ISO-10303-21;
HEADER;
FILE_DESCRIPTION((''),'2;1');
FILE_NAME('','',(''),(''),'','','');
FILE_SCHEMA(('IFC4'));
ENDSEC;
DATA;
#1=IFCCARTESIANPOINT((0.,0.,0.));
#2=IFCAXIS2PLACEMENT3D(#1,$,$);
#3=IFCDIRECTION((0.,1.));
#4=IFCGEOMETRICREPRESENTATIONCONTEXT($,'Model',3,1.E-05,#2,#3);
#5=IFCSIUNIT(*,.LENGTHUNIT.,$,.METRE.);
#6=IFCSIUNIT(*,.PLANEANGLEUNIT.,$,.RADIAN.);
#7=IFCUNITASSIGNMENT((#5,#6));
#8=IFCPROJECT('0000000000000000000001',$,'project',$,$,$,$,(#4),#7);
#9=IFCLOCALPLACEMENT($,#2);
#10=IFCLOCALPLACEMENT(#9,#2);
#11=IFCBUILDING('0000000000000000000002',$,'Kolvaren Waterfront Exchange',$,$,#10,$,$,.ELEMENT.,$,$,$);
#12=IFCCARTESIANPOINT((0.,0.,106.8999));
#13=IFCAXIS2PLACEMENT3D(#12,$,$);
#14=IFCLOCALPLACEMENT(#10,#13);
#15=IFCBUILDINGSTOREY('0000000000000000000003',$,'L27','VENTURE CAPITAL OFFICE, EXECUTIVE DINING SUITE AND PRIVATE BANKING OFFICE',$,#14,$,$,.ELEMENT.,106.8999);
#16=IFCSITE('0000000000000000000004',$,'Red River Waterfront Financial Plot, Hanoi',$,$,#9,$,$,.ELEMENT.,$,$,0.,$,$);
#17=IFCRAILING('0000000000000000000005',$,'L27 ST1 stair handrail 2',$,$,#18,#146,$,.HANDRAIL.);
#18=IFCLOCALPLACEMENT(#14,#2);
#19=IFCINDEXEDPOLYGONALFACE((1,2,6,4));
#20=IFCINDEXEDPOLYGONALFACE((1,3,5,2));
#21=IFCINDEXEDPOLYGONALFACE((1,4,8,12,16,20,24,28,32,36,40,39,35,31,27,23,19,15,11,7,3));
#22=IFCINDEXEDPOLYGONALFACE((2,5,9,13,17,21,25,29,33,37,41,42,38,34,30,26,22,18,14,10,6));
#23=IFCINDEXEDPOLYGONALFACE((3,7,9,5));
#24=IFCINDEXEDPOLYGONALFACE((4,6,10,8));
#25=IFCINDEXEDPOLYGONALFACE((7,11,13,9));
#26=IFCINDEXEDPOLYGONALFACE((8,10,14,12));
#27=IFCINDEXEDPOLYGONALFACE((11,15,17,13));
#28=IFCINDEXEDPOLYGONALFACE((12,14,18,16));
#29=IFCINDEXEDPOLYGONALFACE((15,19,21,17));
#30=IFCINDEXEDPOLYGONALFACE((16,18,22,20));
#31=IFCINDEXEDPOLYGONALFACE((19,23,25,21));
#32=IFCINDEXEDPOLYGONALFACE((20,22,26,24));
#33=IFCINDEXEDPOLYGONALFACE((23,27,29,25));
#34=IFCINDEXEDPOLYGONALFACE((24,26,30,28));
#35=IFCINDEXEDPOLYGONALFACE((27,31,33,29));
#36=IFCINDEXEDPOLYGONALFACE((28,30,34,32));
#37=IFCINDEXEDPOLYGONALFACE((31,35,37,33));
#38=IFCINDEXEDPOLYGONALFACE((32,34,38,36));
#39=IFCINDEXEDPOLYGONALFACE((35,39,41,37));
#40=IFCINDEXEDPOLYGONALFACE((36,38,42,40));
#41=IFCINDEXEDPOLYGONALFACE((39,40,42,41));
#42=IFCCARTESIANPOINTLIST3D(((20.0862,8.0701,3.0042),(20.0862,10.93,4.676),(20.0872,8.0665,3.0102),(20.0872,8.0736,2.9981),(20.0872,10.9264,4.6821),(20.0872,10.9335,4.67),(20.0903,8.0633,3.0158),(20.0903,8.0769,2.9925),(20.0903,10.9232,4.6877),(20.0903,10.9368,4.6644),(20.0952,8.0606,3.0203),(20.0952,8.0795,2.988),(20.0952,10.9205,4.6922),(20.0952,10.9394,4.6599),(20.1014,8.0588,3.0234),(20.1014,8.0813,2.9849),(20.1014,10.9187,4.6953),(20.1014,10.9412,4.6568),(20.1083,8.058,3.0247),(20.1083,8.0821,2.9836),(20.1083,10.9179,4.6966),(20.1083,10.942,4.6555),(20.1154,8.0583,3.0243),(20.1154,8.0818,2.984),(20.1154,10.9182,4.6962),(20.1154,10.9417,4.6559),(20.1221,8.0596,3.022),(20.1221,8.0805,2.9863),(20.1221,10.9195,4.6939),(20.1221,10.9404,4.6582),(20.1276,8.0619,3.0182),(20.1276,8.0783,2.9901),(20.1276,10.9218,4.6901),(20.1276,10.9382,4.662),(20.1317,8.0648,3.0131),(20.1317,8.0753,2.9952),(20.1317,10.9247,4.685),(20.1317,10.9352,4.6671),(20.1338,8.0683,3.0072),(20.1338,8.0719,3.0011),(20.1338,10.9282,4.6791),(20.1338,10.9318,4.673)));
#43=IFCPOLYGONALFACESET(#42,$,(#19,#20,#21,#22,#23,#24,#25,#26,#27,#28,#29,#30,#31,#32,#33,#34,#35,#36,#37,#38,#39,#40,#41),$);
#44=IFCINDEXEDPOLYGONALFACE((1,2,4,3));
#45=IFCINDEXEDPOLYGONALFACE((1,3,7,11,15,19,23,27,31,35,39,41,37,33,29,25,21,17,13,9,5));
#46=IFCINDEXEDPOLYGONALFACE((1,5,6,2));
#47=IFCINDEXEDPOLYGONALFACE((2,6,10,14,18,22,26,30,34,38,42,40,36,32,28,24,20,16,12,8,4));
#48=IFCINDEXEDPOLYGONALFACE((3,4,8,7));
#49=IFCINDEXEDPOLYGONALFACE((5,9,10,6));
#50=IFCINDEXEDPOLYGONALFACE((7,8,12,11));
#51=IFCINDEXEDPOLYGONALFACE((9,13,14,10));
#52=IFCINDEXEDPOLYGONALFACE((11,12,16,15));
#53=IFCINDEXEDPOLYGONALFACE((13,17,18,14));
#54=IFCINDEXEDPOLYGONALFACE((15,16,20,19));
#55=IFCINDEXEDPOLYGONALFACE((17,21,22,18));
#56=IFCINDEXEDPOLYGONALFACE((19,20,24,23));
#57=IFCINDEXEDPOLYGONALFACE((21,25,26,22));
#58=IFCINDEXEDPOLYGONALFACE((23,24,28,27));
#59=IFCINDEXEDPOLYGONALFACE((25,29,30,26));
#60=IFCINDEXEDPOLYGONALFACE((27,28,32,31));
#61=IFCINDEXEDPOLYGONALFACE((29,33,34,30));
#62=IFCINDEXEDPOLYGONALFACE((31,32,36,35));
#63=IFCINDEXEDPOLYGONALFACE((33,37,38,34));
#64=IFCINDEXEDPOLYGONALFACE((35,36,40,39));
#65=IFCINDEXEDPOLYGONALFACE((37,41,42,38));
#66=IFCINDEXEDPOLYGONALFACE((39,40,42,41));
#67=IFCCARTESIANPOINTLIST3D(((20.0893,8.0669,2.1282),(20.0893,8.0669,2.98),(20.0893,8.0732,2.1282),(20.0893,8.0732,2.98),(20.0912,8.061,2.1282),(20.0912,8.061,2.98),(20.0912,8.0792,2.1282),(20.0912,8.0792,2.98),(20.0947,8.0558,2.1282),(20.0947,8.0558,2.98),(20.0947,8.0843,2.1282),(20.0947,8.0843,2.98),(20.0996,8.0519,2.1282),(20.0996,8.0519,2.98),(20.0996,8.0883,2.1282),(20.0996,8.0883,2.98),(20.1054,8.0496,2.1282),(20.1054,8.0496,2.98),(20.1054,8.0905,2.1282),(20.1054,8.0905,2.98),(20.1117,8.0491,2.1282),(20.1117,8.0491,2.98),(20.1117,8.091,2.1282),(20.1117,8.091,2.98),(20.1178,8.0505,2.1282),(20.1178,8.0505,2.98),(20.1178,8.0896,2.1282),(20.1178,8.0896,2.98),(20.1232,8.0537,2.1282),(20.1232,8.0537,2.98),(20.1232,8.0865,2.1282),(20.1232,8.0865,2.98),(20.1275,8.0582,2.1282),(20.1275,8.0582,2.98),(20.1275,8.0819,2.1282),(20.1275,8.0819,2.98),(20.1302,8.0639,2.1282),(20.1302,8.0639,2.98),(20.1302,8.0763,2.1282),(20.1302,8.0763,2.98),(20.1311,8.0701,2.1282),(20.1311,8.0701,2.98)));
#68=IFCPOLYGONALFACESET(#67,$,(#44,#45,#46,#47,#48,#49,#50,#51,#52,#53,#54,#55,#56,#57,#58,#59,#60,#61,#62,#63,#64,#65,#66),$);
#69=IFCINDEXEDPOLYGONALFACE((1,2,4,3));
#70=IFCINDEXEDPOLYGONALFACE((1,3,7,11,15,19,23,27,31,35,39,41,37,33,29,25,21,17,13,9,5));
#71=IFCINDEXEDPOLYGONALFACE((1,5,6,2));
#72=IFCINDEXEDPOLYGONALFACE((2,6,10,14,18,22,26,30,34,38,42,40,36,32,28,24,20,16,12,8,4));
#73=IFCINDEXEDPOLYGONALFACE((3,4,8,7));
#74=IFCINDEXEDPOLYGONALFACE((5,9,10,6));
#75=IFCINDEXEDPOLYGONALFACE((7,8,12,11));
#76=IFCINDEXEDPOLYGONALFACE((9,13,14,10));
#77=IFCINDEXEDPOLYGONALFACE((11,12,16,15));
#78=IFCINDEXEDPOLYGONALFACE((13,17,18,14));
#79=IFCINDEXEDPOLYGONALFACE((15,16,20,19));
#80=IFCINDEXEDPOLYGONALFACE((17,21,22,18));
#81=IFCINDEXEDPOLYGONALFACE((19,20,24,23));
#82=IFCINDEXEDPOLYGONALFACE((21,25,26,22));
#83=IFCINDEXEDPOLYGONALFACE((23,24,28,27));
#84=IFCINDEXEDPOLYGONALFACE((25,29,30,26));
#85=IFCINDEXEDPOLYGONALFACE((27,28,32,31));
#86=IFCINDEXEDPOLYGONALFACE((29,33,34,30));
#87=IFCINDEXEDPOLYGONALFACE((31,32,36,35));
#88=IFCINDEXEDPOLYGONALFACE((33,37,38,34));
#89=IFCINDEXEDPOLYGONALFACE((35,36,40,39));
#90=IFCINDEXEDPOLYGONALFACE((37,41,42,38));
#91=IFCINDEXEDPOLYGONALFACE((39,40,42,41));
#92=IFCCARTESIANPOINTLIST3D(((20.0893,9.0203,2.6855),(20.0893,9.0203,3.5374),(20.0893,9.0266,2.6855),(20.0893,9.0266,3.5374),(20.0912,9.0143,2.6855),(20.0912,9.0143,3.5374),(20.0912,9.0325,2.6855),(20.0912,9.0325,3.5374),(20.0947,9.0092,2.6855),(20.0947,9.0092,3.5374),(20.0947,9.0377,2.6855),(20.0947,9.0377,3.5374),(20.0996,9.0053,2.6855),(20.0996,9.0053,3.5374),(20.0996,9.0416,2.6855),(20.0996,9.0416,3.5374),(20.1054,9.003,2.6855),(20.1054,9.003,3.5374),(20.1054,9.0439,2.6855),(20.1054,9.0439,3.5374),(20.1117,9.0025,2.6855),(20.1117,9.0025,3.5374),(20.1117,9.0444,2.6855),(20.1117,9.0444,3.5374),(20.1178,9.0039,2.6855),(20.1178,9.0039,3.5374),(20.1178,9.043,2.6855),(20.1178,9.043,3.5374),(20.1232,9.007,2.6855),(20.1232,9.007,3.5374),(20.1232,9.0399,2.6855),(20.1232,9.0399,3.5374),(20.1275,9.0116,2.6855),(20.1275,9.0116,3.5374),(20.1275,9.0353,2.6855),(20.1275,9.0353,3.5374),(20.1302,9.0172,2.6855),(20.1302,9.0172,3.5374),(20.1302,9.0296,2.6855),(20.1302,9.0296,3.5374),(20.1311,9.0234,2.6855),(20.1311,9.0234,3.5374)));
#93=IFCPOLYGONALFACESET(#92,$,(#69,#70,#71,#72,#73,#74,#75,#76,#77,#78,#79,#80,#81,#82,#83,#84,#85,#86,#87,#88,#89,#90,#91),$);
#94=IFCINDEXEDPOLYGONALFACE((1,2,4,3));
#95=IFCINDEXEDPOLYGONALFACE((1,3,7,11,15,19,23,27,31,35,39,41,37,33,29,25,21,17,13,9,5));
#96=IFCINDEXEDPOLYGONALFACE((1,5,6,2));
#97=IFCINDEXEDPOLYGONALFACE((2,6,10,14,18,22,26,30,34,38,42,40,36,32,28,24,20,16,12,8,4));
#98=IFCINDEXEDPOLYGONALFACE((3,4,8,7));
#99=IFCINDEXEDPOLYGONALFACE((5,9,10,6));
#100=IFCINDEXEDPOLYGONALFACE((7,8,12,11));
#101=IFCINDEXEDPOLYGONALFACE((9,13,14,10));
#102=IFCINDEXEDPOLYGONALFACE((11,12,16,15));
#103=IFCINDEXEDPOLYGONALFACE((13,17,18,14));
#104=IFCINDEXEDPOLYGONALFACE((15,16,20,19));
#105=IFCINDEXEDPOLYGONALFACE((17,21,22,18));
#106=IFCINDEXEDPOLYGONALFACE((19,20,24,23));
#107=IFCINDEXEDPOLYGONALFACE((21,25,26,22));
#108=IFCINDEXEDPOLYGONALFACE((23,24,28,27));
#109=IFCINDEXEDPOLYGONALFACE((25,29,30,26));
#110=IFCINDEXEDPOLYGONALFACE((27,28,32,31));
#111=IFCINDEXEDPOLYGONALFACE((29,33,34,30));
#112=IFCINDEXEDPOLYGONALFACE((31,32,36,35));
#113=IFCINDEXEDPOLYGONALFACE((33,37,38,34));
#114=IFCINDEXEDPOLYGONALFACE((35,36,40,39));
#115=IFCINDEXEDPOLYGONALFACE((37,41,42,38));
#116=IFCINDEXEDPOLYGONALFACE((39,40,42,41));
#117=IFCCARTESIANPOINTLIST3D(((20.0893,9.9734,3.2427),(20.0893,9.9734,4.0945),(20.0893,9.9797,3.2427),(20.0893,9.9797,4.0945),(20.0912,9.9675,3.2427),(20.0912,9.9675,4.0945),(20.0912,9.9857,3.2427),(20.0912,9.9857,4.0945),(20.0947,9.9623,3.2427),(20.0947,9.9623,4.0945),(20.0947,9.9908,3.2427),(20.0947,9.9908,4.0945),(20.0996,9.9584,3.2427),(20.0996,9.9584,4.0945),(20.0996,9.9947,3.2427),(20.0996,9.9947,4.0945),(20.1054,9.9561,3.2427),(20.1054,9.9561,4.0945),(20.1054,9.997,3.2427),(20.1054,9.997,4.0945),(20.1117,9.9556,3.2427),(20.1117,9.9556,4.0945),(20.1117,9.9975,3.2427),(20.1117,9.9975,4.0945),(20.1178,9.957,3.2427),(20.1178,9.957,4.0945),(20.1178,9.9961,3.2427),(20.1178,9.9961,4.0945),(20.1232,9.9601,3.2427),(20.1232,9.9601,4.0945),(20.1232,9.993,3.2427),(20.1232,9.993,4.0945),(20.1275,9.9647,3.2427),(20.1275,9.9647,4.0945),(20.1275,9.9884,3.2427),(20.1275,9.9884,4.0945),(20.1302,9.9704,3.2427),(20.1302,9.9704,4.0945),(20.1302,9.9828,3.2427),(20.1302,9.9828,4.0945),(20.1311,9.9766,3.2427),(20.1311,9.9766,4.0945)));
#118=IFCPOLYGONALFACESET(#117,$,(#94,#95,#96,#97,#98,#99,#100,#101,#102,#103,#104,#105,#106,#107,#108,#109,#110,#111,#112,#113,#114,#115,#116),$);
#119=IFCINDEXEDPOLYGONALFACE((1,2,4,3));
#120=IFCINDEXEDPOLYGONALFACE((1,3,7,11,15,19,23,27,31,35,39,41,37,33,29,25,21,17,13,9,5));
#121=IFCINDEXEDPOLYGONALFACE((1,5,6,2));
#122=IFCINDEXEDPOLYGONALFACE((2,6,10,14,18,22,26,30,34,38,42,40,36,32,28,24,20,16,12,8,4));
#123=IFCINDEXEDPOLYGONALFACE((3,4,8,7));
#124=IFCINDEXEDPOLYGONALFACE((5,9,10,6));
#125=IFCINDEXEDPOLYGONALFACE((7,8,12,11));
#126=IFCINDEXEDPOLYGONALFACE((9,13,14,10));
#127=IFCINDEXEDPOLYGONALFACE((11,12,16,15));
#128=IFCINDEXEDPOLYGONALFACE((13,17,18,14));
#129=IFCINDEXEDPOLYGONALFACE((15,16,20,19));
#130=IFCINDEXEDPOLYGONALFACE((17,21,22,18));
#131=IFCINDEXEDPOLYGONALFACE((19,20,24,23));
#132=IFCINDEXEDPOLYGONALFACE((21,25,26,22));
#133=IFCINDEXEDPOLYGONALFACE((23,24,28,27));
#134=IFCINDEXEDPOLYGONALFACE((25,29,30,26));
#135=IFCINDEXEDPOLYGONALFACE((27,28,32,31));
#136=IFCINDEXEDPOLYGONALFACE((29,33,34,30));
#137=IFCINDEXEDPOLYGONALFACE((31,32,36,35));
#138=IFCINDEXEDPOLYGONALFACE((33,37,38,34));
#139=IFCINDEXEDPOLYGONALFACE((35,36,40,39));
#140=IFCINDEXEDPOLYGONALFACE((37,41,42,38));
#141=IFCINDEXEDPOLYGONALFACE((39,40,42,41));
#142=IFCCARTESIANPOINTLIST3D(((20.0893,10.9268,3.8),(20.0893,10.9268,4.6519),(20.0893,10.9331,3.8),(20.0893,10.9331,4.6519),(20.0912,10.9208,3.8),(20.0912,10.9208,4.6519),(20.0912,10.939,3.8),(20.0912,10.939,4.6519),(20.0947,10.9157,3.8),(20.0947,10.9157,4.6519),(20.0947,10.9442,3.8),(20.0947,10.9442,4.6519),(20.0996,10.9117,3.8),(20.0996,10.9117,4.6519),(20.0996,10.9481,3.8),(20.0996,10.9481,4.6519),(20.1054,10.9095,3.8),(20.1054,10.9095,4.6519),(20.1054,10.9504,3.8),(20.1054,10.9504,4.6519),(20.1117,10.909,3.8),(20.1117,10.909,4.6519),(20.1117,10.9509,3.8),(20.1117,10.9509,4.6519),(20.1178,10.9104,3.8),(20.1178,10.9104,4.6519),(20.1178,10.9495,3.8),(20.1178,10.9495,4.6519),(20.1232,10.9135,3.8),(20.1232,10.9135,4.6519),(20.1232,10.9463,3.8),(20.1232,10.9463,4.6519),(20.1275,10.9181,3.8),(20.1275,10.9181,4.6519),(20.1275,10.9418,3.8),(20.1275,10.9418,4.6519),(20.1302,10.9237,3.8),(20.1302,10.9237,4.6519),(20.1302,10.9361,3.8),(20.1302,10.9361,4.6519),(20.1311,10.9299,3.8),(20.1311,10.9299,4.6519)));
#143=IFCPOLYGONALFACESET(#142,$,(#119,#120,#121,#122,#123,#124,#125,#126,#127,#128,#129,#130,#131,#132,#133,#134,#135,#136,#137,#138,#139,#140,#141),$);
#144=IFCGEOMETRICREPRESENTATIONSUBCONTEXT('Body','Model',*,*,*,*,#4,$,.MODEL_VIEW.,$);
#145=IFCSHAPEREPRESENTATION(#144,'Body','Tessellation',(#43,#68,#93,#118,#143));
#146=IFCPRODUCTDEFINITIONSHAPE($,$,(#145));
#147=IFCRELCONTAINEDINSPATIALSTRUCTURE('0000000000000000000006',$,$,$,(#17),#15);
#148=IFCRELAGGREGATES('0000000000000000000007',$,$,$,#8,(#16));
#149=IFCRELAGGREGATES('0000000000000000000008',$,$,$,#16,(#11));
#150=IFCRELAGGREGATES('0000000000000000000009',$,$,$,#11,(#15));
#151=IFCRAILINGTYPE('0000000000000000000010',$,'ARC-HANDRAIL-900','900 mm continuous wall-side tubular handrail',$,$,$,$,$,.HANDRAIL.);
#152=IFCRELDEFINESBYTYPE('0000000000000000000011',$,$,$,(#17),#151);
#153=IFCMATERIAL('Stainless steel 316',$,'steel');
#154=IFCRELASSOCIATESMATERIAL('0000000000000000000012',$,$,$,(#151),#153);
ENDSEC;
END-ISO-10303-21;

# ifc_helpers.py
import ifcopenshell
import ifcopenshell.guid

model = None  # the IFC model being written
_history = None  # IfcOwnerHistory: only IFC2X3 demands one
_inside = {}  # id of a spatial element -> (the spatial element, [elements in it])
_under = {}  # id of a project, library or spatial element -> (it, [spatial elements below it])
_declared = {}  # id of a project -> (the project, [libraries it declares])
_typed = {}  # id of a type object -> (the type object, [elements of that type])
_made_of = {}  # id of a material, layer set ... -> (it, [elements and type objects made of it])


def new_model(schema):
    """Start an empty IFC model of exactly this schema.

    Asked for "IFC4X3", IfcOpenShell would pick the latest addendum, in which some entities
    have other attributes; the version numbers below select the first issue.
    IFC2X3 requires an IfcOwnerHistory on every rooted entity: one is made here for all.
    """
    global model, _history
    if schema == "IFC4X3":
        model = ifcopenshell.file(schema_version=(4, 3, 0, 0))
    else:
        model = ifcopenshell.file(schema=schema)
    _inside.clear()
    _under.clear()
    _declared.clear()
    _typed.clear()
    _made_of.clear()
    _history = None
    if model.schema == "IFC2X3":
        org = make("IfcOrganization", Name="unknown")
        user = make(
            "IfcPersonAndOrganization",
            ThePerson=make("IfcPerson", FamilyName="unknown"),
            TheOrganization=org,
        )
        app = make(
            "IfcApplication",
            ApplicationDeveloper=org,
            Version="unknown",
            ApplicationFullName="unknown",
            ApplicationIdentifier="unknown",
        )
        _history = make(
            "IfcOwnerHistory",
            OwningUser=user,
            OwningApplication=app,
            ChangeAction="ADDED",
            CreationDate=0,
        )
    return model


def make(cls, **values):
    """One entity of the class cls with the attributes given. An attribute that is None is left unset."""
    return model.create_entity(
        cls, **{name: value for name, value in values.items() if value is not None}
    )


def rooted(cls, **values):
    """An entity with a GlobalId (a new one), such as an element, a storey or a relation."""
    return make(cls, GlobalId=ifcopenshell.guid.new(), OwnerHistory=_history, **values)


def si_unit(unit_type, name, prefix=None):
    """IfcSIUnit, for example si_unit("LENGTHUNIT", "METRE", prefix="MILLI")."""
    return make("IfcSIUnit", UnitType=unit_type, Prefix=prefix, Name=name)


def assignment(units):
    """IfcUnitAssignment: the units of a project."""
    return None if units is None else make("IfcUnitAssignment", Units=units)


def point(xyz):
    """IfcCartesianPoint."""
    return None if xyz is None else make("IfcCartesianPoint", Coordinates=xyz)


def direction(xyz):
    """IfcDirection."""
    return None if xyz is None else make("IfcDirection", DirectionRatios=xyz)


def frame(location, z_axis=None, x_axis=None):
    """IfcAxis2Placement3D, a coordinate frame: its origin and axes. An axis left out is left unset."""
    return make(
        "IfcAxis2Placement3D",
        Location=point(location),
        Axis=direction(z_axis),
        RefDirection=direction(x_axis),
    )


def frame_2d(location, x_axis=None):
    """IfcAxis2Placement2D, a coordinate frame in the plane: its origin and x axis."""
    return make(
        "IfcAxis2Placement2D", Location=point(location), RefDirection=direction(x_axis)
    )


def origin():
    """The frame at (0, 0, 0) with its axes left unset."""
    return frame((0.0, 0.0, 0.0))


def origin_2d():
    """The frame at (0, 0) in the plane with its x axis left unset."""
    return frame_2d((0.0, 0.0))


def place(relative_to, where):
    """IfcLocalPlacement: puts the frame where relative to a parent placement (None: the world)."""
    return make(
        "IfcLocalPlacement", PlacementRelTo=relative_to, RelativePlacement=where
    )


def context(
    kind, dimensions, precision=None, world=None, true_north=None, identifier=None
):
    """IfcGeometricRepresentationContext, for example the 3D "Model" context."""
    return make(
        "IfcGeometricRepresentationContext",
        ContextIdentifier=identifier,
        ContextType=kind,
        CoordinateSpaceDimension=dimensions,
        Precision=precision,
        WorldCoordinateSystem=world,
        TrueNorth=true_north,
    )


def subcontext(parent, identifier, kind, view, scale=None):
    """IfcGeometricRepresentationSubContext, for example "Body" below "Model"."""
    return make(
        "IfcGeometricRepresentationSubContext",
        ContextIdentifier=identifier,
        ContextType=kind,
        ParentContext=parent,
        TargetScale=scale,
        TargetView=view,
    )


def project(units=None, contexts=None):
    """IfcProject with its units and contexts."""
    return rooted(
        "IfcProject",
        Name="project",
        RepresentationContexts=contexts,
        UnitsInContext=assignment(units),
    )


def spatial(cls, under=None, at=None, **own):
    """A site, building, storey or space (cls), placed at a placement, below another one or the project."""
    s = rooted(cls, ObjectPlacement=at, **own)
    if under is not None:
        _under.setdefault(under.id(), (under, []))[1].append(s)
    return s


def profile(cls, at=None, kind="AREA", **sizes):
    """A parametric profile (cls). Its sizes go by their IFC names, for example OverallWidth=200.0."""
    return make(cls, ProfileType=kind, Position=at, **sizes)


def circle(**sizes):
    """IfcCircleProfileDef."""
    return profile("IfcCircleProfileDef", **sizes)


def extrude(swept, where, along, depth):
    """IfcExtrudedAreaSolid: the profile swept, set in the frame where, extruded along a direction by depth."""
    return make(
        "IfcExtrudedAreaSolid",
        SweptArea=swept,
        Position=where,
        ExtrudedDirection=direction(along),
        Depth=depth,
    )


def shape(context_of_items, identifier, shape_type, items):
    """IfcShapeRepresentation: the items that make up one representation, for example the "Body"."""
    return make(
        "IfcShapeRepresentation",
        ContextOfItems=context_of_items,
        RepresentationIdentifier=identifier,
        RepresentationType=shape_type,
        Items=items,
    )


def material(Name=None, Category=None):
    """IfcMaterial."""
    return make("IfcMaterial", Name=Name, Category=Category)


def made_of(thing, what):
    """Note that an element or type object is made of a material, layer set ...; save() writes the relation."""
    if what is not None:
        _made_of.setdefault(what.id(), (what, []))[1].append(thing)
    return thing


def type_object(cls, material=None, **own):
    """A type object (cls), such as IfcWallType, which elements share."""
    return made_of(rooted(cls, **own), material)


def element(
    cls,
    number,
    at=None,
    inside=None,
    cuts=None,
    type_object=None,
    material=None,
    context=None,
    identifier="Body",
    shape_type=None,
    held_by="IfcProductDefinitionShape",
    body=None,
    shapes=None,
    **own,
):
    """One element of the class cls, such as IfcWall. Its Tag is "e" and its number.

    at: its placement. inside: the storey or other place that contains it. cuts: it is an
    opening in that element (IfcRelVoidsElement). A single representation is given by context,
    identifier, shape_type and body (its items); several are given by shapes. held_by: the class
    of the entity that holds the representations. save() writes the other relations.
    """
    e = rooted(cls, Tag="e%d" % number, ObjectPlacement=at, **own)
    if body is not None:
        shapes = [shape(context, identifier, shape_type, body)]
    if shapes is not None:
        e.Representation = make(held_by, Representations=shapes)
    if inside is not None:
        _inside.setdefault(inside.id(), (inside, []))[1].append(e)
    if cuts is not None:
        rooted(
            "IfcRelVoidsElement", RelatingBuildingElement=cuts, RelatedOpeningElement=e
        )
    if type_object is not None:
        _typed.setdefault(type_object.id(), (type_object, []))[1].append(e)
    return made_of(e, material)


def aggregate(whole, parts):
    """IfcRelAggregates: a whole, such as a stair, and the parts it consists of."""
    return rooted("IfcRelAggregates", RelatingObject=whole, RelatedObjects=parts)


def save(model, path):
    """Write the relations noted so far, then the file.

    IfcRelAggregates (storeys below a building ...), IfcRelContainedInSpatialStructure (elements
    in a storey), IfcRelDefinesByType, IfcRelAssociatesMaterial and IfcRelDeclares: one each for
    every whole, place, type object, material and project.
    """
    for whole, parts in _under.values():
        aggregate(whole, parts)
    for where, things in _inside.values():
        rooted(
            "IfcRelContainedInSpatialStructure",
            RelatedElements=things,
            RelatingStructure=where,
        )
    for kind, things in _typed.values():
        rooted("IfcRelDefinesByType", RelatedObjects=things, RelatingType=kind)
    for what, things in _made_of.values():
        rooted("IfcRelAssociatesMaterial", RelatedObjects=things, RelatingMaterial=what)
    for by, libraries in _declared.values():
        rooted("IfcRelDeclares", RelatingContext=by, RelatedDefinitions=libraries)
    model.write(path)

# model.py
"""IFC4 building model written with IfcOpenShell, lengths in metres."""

from ifc_helpers import new_model, si_unit, direction, frame, origin, origin_2d, place, context, subcontext, project, spatial, circle, extrude, material, type_object, element, save


model = new_model("IFC4")

# Units and contexts
model_context = context("Model", 3, precision=1e-05, world=origin(), true_north=direction((0.0, 1.0)))
body_context = subcontext(model_context, "Body", "Model", "MODEL_VIEW")
ifc_project = project(units=[si_unit("LENGTHUNIT", "METRE"), si_unit("PLANEANGLEUNIT", "RADIAN")], contexts=[model_context])

# Site, building, storey
site_placement = place(None, origin())
site = spatial("IfcSite", under=ifc_project, at=site_placement, Name="Red River Waterfront Financial Plot, Hanoi", CompositionType="ELEMENT", RefElevation=0.0)
building_placement = place(site_placement, origin())
building = spatial("IfcBuilding", under=site, at=building_placement, Name="Kolvaren Waterfront Exchange", CompositionType="ELEMENT")
storey_placement = place(building_placement, frame((0.0, 0.0, 106.8999)))
storey = spatial("IfcBuildingStorey", under=building, at=storey_placement, Name="L27", Description="VENTURE CAPITAL OFFICE, EXECUTIVE DINING SUITE AND PRIVATE BANKING OFFICE", CompositionType="ELEMENT", Elevation=106.8999)

# Railing
ifc_material_1 = material(Name="Stainless steel 316", Category="steel")
railing_type_1 = type_object("IfcRailingType", Name="ARC-HANDRAIL-900", Description="900 mm continuous wall-side tubular handrail", PredefinedType="HANDRAIL", material=ifc_material_1)
railing_1_placement = place(storey_placement, frame((20.1101, 8.0701, 2.1282)))
element("IfcRailing", 1, at=railing_1_placement, inside=storey, type_object=railing_type_1, Name="L27 ST1 stair handrail 2", PredefinedType="HANDRAIL", context=body_context, shape_type="SweptSolid", body=[
    extrude(circle(Radius=0.0239, at=origin_2d()), frame((0.0, 0.0, 0.876), z_axis=(0.0, 0.863303, 0.504686), x_axis=(-1.0, 0.0, 0.0)), (0.0, 0.0, 1.0), 3.3127),
    extrude(circle(Radius=0.021, at=origin_2d()), origin(), (0.0, 0.0, 1.0), 0.8518),
    extrude(circle(Radius=0.021, at=origin_2d()), frame((0.0, 0.9534, 0.5574)), (0.0, 0.0, 1.0), 0.8518),
    extrude(circle(Radius=0.021, at=origin_2d()), frame((0.0, 1.9065, 1.1145)), (0.0, 0.0, 1.0), 0.8518),
    extrude(circle(Radius=0.021, at=origin_2d()), frame((0.0, 2.8599, 1.6719)), (0.0, 0.0, 1.0), 0.8518),
])

save(model, "model.ifc")
